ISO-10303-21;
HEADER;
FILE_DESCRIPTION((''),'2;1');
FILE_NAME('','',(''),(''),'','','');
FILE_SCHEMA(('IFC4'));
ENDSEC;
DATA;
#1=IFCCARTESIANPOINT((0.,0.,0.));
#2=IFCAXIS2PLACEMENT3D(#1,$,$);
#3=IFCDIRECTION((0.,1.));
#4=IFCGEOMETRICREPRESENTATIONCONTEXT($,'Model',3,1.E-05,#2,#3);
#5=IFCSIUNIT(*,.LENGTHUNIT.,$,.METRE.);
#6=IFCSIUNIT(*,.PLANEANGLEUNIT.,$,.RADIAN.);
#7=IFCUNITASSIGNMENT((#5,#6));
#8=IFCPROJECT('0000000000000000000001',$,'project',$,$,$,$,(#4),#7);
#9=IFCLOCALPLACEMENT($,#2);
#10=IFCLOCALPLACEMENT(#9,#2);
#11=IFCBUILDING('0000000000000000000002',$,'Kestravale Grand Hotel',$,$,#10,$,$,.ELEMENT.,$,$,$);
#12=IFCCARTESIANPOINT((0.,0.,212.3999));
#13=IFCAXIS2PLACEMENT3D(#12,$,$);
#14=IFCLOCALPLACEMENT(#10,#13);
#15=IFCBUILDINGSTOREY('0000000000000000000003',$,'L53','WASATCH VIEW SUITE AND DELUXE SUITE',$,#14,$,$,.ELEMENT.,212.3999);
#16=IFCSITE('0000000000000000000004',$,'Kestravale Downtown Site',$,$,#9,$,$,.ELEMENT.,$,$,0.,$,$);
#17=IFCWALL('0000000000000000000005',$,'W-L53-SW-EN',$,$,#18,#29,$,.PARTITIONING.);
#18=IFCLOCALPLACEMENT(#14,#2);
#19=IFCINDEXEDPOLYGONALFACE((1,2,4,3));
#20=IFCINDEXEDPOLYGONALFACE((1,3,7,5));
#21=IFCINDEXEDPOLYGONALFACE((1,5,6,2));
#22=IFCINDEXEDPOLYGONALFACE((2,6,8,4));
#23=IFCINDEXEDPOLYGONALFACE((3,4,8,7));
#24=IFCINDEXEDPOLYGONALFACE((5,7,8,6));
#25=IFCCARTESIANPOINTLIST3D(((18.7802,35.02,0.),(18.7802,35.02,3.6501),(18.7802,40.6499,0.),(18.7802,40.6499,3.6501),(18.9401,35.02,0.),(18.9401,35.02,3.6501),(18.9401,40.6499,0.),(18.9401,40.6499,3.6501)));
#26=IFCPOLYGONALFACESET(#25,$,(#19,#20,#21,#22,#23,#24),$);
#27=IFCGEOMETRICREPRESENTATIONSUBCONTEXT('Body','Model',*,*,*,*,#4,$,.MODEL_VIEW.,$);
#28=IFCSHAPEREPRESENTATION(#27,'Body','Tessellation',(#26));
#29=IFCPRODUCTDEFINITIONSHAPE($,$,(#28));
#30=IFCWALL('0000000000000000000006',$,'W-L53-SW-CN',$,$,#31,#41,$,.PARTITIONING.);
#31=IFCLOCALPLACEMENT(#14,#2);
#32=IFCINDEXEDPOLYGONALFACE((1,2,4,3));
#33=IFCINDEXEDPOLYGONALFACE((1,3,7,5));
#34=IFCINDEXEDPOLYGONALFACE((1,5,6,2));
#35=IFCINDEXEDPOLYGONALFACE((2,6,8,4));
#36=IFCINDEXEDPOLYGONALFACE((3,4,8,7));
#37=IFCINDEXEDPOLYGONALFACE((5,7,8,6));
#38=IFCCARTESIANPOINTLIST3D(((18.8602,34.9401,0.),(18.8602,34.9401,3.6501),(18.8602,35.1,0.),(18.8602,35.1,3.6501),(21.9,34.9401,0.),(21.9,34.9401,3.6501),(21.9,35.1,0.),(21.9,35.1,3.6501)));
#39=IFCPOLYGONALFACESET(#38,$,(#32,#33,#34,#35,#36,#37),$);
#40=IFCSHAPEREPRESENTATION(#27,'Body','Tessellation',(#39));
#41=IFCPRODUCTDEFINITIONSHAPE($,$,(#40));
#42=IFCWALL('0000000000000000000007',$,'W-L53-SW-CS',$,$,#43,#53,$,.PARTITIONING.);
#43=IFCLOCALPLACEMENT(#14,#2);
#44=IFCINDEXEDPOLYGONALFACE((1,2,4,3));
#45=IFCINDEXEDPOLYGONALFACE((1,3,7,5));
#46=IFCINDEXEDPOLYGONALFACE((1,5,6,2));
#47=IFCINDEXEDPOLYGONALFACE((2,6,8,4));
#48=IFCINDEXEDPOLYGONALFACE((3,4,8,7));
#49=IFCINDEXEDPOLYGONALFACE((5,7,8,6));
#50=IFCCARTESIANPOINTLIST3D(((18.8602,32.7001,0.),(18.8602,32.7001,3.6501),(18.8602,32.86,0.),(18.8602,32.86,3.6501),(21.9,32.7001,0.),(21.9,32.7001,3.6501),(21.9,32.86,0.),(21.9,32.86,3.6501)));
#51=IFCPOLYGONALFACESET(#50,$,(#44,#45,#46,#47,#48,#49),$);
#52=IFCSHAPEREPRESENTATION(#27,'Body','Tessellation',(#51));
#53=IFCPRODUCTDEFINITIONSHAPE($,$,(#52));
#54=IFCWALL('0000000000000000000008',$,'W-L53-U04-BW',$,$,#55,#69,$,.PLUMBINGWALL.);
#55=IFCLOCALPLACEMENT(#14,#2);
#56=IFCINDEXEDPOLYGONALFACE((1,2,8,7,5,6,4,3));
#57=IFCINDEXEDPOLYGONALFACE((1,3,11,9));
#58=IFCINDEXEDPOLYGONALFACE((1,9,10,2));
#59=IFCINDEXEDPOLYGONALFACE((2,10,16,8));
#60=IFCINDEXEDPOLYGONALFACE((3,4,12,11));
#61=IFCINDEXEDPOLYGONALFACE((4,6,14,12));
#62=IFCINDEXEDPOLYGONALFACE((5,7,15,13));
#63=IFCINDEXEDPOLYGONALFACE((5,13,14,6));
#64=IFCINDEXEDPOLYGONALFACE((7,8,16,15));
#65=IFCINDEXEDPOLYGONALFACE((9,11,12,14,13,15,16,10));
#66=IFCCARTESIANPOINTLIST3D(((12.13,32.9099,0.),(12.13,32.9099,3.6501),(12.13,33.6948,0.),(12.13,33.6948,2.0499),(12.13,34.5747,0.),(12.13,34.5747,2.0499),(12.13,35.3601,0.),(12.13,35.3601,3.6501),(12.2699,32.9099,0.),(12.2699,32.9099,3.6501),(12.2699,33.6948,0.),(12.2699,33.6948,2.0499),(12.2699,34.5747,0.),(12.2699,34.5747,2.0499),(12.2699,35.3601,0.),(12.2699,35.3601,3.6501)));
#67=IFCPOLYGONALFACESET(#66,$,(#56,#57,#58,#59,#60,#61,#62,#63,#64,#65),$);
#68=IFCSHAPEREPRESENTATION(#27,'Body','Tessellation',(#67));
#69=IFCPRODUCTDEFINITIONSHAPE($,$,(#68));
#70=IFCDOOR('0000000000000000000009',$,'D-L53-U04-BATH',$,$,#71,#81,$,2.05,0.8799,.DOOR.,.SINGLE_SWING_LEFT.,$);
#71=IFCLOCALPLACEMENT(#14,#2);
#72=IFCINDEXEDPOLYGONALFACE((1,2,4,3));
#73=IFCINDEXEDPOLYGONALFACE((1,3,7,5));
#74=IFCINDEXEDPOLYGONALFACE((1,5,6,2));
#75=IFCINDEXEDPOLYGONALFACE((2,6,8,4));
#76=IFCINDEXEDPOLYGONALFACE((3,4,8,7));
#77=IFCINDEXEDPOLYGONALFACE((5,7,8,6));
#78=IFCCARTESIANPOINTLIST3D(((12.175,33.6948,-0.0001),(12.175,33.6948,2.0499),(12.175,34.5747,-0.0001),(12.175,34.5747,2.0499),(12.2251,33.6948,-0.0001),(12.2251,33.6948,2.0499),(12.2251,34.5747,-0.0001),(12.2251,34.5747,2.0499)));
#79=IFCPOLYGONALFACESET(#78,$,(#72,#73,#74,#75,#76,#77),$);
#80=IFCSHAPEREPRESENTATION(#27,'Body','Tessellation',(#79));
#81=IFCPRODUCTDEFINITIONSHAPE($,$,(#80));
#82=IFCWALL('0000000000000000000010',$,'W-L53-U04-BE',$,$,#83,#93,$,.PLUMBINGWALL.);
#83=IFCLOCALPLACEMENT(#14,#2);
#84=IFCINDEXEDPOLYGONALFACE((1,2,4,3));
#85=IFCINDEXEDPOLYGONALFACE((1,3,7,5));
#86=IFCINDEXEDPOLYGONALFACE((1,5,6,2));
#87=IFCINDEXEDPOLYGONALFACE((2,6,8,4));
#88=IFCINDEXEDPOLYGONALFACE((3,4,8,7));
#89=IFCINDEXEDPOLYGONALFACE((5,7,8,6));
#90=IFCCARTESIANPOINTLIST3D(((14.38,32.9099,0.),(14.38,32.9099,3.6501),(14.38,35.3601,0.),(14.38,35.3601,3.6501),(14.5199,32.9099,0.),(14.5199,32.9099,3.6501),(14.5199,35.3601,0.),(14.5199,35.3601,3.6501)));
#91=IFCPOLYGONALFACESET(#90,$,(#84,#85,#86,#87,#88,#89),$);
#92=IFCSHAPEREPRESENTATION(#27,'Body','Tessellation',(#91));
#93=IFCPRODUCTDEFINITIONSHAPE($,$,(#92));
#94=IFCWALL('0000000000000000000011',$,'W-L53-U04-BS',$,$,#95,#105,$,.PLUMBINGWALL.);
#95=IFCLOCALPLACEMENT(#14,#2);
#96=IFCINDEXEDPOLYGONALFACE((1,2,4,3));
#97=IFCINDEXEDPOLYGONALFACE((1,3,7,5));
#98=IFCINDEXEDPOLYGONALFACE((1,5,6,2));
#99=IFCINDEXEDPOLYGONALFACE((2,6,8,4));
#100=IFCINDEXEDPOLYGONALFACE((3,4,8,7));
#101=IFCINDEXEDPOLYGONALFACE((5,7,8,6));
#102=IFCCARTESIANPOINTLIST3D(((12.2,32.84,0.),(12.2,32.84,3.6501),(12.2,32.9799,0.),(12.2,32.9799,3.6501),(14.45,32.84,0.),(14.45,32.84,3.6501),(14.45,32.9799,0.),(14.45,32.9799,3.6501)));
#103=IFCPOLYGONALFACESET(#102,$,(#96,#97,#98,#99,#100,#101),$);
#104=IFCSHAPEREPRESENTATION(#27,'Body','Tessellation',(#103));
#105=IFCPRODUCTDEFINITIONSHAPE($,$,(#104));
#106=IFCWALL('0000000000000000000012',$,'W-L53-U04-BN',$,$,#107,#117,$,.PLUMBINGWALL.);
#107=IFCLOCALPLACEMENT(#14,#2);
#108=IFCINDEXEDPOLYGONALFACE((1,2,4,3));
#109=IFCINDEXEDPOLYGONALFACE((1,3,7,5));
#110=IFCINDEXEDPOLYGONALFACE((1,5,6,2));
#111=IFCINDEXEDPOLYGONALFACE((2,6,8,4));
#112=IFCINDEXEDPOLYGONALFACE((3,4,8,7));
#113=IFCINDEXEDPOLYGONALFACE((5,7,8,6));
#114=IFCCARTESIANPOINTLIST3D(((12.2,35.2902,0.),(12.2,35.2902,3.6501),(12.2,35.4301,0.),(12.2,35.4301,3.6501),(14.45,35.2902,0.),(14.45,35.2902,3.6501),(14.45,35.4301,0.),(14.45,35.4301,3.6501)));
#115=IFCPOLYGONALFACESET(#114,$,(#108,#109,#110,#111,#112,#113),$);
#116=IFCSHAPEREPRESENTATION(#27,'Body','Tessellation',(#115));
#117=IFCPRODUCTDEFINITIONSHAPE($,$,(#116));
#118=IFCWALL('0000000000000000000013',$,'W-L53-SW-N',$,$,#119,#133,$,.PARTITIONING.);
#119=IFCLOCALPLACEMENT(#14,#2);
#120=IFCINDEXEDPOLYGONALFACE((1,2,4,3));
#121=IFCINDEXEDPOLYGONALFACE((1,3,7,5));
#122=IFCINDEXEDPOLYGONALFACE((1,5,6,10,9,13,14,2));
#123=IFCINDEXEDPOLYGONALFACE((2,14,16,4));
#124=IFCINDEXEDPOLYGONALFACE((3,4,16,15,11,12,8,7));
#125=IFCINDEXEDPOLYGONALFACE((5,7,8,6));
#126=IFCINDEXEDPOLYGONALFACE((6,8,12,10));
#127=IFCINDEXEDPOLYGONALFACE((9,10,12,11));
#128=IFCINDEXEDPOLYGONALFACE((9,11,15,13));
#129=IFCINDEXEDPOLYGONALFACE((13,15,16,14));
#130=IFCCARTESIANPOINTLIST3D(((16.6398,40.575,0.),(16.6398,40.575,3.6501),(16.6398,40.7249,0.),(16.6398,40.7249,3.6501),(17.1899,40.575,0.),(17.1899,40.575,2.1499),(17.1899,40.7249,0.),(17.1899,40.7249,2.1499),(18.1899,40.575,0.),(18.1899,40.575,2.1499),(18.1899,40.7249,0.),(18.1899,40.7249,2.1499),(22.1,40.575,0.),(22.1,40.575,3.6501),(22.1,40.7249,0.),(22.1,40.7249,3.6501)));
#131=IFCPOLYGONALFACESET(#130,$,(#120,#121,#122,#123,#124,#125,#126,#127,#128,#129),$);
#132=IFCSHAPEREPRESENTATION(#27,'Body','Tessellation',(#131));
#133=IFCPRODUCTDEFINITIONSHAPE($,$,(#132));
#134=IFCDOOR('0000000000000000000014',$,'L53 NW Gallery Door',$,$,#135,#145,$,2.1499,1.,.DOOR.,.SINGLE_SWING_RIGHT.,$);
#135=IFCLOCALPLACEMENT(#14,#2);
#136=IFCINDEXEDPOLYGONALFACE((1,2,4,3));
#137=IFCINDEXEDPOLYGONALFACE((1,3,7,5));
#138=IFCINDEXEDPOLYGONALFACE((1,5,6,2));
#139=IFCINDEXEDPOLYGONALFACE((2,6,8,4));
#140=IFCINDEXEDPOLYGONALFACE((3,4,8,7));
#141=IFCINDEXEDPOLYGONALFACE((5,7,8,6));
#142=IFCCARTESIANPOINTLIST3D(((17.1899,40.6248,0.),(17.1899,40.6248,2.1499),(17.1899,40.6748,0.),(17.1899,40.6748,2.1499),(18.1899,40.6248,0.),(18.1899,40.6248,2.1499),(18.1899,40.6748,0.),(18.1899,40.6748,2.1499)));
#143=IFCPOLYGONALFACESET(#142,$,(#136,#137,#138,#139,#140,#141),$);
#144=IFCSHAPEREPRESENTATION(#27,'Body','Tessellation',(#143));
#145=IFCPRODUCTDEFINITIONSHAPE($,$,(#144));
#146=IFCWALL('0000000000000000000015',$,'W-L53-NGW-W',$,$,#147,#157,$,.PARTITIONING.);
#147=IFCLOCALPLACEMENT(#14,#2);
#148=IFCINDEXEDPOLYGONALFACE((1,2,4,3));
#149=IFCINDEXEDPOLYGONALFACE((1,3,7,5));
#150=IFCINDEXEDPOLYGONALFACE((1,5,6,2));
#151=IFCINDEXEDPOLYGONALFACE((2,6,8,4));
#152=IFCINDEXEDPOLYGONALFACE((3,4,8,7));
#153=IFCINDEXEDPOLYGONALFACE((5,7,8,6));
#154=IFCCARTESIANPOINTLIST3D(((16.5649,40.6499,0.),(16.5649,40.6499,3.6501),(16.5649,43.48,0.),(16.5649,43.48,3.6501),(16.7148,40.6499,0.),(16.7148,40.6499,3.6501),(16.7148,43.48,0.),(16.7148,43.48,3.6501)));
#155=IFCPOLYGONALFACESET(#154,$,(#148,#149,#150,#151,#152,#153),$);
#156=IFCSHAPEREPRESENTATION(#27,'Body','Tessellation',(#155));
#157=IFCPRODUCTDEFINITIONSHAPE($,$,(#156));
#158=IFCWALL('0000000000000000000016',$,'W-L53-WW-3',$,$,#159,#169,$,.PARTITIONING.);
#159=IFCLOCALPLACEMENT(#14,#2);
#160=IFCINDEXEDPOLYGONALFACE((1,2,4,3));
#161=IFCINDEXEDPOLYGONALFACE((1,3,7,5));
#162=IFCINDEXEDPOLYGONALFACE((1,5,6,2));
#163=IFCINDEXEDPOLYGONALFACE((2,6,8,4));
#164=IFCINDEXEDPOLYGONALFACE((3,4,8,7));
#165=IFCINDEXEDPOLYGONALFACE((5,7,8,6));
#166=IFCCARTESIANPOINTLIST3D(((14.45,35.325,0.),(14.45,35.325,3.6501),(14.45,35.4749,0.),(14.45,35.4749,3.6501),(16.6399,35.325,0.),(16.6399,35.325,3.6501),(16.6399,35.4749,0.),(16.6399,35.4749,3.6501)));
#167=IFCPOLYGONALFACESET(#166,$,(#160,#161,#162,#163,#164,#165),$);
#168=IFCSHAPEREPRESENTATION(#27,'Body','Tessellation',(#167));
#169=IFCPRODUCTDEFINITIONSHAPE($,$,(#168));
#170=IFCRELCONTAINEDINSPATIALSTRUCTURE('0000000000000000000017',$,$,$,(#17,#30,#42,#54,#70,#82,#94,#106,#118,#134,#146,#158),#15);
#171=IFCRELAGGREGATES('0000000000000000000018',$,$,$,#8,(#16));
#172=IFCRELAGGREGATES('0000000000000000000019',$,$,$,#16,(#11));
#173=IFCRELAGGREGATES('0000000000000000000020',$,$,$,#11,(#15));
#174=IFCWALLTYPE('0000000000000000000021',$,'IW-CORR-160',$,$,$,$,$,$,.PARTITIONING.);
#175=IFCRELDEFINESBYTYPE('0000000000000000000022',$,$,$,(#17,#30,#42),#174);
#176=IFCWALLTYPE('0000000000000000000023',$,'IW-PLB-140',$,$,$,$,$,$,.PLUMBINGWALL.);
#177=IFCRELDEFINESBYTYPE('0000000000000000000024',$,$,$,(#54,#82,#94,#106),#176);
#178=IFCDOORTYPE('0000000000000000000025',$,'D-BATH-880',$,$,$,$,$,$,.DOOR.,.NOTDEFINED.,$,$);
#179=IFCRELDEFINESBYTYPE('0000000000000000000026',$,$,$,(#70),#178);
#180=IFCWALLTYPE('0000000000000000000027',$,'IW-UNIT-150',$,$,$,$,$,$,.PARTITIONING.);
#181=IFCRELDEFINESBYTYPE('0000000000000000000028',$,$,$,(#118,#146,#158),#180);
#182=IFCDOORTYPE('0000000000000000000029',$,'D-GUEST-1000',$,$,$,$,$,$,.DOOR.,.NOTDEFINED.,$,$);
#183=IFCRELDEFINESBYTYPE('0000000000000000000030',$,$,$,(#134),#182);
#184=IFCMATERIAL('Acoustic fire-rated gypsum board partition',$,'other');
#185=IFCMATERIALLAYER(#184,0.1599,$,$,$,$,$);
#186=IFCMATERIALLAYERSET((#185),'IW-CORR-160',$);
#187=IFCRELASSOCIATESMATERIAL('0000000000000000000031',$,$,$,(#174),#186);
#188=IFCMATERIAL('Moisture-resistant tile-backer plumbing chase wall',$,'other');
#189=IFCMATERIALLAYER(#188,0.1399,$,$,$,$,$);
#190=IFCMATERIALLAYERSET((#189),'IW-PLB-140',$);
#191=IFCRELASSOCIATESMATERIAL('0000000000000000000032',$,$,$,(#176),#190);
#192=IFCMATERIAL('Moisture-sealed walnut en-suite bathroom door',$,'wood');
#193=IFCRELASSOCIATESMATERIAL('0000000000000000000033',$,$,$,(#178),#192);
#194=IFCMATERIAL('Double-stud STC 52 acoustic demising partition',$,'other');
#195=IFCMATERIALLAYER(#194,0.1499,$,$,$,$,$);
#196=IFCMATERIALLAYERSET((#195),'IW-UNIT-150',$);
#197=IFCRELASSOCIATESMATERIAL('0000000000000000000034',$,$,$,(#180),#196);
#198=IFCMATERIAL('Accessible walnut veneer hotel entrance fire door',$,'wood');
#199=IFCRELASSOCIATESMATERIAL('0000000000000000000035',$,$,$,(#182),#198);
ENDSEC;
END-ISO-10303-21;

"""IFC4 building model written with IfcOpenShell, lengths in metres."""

from ifc_helpers import new_model, si_unit, direction, frame, frame_2d, origin, place, context, subcontext, project, spatial, rectangle, extrude, material, layer, layer_set, type_object, element, fill, save


model = new_model("IFC4")

# Units and contexts
model_context = context("Model", 3, precision=1e-05, world=origin(), true_north=direction((0.0, 1.0)))
body_context = subcontext(model_context, "Body", "Model", "MODEL_VIEW")
ifc_project = project(units=[si_unit("LENGTHUNIT", "METRE"), si_unit("PLANEANGLEUNIT", "RADIAN")], contexts=[model_context])

# Site, building, storey
site_placement = place(None, origin())
site = spatial("IfcSite", under=ifc_project, at=site_placement, Name="Kestravale Downtown Site", CompositionType="ELEMENT", RefElevation=0.0)
building_placement = place(site_placement, origin())
building = spatial("IfcBuilding", under=site, at=building_placement, Name="Kestravale Grand Hotel", CompositionType="ELEMENT")
storey_placement = place(building_placement, frame((0.0, 0.0, 212.3999)))
storey = spatial("IfcBuildingStorey", under=building, at=storey_placement, Name="L53", Description="WASATCH VIEW SUITE AND DELUXE SUITE", CompositionType="ELEMENT", Elevation=212.3999)

# Walls
ifc_material_1 = material(Name="Acoustic fire-rated gypsum board partition", Category="other")
ifc_layer_1 = layer(ifc_material_1, 0.1599)
ifc_layer_set_1 = layer_set([ifc_layer_1], Name="IW-CORR-160")
wall_type_1 = type_object("IfcWallType", Name="IW-CORR-160", PredefinedType="PARTITIONING", material=ifc_layer_set_1)
wall_1_placement = place(storey_placement, frame((18.8601, 35.02, 0.0), z_axis=(0.0, 0.0, 1.0), x_axis=(0.0, 1.0, 0.0)))
element("IfcWall", 1, at=wall_1_placement, inside=storey, type_object=wall_type_1, Name="W-L53-SW-EN", PredefinedType="PARTITIONING", context=body_context, shape_type="SweptSolid", body=[
    extrude(rectangle(XDim=5.6299, YDim=0.1599, at=frame_2d((2.8149, 0.0))), origin(), (0.0, 0.0, 1.0), 3.6501),
])
for number, where, z_axis, x_axis, name in (
    (2, (18.8601, 35.02, 0.0), (0.0, 0.0, 1.0), (1.0, 0.0, 0.0), "W-L53-SW-CN"),
    (3, (18.8601, 32.78, 0.0), (0.0, 0.0, 1.0), (1.0, 0.0, 0.0), "W-L53-SW-CS"),
):
    element("IfcWall", number, at=place(storey_placement, frame(where, z_axis=z_axis, x_axis=x_axis)), inside=storey, type_object=wall_type_1, Name=name, PredefinedType="PARTITIONING", context=body_context, shape_type="SweptSolid", body=[
        extrude(rectangle(XDim=3.0398, YDim=0.1599, at=frame_2d((1.52, 0.0))), origin(), (0.0, 0.0, 1.0), 3.6501),
    ])

# Wall, opening, door
ifc_material_2 = material(Name="Moisture-resistant tile-backer plumbing chase wall", Category="other")
ifc_layer_2 = layer(ifc_material_2, 0.1399)
ifc_layer_set_2 = layer_set([ifc_layer_2], Name="IW-PLB-140")
wall_type_2 = type_object("IfcWallType", Name="IW-PLB-140", PredefinedType="PLUMBINGWALL", material=ifc_layer_set_2)
wall_2_placement = place(storey_placement, frame((12.2, 32.9099, 0.0), z_axis=(0.0, 0.0, 1.0), x_axis=(0.0, 1.0, 0.0)))
wall_2 = element("IfcWall", 4, at=wall_2_placement, inside=storey, type_object=wall_type_2, Name="W-L53-U04-BW", PredefinedType="PLUMBINGWALL", context=body_context, shape_type="SweptSolid", body=[
    extrude(rectangle(XDim=2.4502, YDim=0.1399, at=frame_2d((1.2251, 0.0))), origin(), (0.0, 0.0, 1.0), 3.6501),
])
opening_1_placement = place(wall_2_placement, frame((0.7849, 0.0, 0.0)))
opening_1 = element("IfcOpeningElement", 5, at=opening_1_placement, cuts=wall_2, PredefinedType="OPENING", context=body_context, shape_type="SweptSolid", body=[
    extrude(rectangle(XDim=0.8799, YDim=2.05, at=frame_2d((0.4399, 1.0249))), frame((0.0, 0.0798, 0.0), z_axis=(0.0, -1.0, 0.0), x_axis=(1.0, 0.0, 0.0)), (0.0, 0.0, 1.0), 0.1599),
])
ifc_material_3 = material(Name="Moisture-sealed walnut en-suite bathroom door", Category="wood")
door_type_1 = type_object("IfcDoorType", Name="D-BATH-880", OperationType="NOTDEFINED", PredefinedType="DOOR", material=ifc_material_3)
door_1_placement = place(opening_1_placement, origin())
door_1 = element("IfcDoor", 6, at=door_1_placement, inside=storey, type_object=door_type_1, Name="D-L53-U04-BATH", OperationType="SINGLE_SWING_LEFT", OverallHeight=2.05, OverallWidth=0.8799, PredefinedType="DOOR", context=body_context, shape_type="SweptSolid", body=[
    extrude(rectangle(XDim=0.8799, YDim=2.05, at=frame_2d((0.4399, 1.0249))), frame((0.0, 0.0249, 0.0), z_axis=(0.0, -1.0, 0.0), x_axis=(1.0, 0.0, 0.0)), (0.0, 0.0, 1.0), 0.05),
])
fill(opening_1, door_1)

# Walls
wall_3_placement = place(storey_placement, frame((14.45, 32.9099, 0.0), z_axis=(0.0, 0.0, 1.0), x_axis=(0.0, 1.0, 0.0)))
element("IfcWall", 7, at=wall_3_placement, inside=storey, type_object=wall_type_2, Name="W-L53-U04-BE", PredefinedType="PLUMBINGWALL", context=body_context, shape_type="SweptSolid", body=[
    extrude(rectangle(XDim=2.4502, YDim=0.1399, at=frame_2d((1.2251, 0.0))), origin(), (0.0, 0.0, 1.0), 3.6501),
])
for number, where, z_axis, x_axis, name in (
    (8, (12.2, 32.9099, 0.0), (0.0, 0.0, 1.0), (1.0, 0.0, 0.0), "W-L53-U04-BS"),
    (9, (12.2, 35.3601, 0.0), (0.0, 0.0, 1.0), (1.0, 0.0, 0.0), "W-L53-U04-BN"),
):
    element("IfcWall", number, at=place(storey_placement, frame(where, z_axis=z_axis, x_axis=x_axis)), inside=storey, type_object=wall_type_2, Name=name, PredefinedType="PLUMBINGWALL", context=body_context, shape_type="SweptSolid", body=[
        extrude(rectangle(XDim=2.25, YDim=0.1399, at=frame_2d((1.125, 0.0))), origin(), (0.0, 0.0, 1.0), 3.6501),
    ])

# Wall, opening, door
ifc_material_4 = material(Name="Double-stud STC 52 acoustic demising partition", Category="other")
ifc_layer_3 = layer(ifc_material_4, 0.1499)
ifc_layer_set_3 = layer_set([ifc_layer_3], Name="IW-UNIT-150")
wall_type_3 = type_object("IfcWallType", Name="IW-UNIT-150", PredefinedType="PARTITIONING", material=ifc_layer_set_3)
wall_4_placement = place(storey_placement, frame((16.6399, 40.6499, 0.0), z_axis=(0.0, 0.0, 1.0), x_axis=(1.0, 0.0, 0.0)))
wall_4 = element("IfcWall", 10, at=wall_4_placement, inside=storey, type_object=wall_type_3, Name="W-L53-SW-N", PredefinedType="PARTITIONING", context=body_context, shape_type="SweptSolid", body=[
    extrude(rectangle(XDim=5.4602, YDim=0.1499, at=frame_2d((2.73, 0.0))), origin(), (0.0, 0.0, 1.0), 3.6501),
])
opening_2_placement = place(wall_4_placement, frame((0.55, 0.0, 0.0)))
opening_2 = element("IfcOpeningElement", 11, at=opening_2_placement, cuts=wall_4, PredefinedType="OPENING", context=body_context, shape_type="SweptSolid", body=[
    extrude(rectangle(XDim=1.0, YDim=2.1499, at=frame_2d((0.5, 1.075))), frame((0.0, 0.085, 0.0), z_axis=(0.0, -1.0, 0.0), x_axis=(1.0, 0.0, 0.0)), (0.0, 0.0, 1.0), 0.1699),
])
ifc_material_5 = material(Name="Accessible walnut veneer hotel entrance fire door", Category="wood")
door_type_2 = type_object("IfcDoorType", Name="D-GUEST-1000", OperationType="NOTDEFINED", PredefinedType="DOOR", material=ifc_material_5)
door_2_placement = place(opening_2_placement, origin())
door_2 = element("IfcDoor", 12, at=door_2_placement, inside=storey, type_object=door_type_2, Name="L53 NW Gallery Door", OperationType="SINGLE_SWING_RIGHT", OverallHeight=2.1499, OverallWidth=1.0, PredefinedType="DOOR", context=body_context, shape_type="SweptSolid", body=[
    extrude(rectangle(XDim=1.0, YDim=2.1499, at=frame_2d((0.5, 1.075))), frame((0.0, 0.0249, 0.0), z_axis=(0.0, -1.0, 0.0), x_axis=(1.0, 0.0, 0.0)), (0.0, 0.0, 1.0), 0.05),
])
fill(opening_2, door_2)

# Walls
wall_5_placement = place(storey_placement, frame((16.6399, 40.6499, 0.0), z_axis=(0.0, 0.0, 1.0), x_axis=(0.0, 1.0, 0.0)))
element("IfcWall", 13, at=wall_5_placement, inside=storey, type_object=wall_type_3, Name="W-L53-NGW-W", PredefinedType="PARTITIONING", context=body_context, shape_type="SweptSolid", body=[
    extrude(rectangle(XDim=2.8301, YDim=0.1499, at=frame_2d((1.415, 0.0))), origin(), (0.0, 0.0, 1.0), 3.6501),
])
wall_6_placement = place(storey_placement, frame((14.45, 35.3999, 0.0), z_axis=(0.0, 0.0, 1.0), x_axis=(1.0, 0.0, 0.0)))
element("IfcWall", 14, at=wall_6_placement, inside=storey, type_object=wall_type_3, Name="W-L53-WW-3", PredefinedType="PARTITIONING", context=body_context, shape_type="SweptSolid", body=[
    extrude(rectangle(XDim=2.1899, YDim=0.1499, at=frame_2d((1.095, 0.0))), origin(), (0.0, 0.0, 1.0), 3.6501),
])

save(model, "model.ifc")
